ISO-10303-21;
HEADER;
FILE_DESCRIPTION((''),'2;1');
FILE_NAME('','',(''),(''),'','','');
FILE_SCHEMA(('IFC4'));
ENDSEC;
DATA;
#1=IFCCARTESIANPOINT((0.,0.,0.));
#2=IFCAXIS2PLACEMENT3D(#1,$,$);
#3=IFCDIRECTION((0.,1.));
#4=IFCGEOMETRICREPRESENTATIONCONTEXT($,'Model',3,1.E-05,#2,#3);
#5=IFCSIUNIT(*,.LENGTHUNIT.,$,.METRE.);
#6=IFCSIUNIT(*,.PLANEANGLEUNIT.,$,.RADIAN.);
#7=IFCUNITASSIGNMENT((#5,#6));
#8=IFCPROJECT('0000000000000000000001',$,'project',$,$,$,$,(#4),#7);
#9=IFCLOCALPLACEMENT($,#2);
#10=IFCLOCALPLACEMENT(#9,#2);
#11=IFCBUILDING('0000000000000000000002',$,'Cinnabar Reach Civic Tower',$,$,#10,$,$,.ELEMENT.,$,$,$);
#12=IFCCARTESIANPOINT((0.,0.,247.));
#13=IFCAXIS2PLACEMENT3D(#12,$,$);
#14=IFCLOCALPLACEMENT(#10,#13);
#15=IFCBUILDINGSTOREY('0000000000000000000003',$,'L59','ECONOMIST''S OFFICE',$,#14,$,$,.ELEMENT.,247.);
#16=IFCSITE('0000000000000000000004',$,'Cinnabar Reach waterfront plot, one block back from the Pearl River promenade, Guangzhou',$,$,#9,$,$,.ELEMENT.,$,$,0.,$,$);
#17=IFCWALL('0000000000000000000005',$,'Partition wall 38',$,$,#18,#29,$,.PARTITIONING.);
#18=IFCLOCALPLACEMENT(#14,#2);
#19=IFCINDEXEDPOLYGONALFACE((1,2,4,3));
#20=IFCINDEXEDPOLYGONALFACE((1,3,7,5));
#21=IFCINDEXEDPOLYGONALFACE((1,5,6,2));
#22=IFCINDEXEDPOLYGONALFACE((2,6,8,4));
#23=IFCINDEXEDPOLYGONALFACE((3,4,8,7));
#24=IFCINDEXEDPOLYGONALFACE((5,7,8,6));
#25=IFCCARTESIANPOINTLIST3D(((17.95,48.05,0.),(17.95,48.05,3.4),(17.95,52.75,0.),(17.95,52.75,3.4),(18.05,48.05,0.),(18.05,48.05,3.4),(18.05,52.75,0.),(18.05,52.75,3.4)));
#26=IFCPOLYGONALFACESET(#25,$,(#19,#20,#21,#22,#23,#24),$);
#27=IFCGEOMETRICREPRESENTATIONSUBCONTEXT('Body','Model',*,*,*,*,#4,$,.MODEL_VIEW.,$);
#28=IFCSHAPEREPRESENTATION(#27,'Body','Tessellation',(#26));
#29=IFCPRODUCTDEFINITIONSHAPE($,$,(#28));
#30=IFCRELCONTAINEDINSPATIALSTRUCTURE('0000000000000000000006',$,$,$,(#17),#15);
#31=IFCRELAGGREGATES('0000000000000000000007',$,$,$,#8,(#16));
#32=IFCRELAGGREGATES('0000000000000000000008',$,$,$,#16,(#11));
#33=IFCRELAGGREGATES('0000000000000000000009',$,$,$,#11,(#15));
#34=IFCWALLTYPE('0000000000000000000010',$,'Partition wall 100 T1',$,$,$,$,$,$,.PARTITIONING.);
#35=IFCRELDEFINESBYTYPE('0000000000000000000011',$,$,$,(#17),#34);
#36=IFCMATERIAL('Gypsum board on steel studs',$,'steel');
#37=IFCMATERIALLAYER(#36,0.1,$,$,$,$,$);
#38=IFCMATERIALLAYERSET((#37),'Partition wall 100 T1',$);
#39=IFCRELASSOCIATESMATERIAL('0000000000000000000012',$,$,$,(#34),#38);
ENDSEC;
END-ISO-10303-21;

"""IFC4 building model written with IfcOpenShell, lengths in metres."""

from ifc_helpers import new_model, si_unit, direction, frame, frame_2d, origin, place, context, subcontext, project, spatial, rectangle, extrude, material, layer, layer_set, type_object, element, save


model = new_model("IFC4")

# Units and contexts
model_context = context("Model", 3, precision=1e-05, world=origin(), true_north=direction((0.0, 1.0)))
body_context = subcontext(model_context, "Body", "Model", "MODEL_VIEW")
ifc_project = project(units=[si_unit("LENGTHUNIT", "METRE"), si_unit("PLANEANGLEUNIT", "RADIAN")], contexts=[model_context])

# Site, building, storey
site_placement = place(None, origin())
site = spatial("IfcSite", under=ifc_project, at=site_placement, Name="Cinnabar Reach waterfront plot, one block back from the Pearl River promenade, Guangzhou", CompositionType="ELEMENT", RefElevation=0.0)
building_placement = place(site_placement, origin())
building = spatial("IfcBuilding", under=site, at=building_placement, Name="Cinnabar Reach Civic Tower", CompositionType="ELEMENT")
storey_placement = place(building_placement, frame((0.0, 0.0, 247.0)))
storey = spatial("IfcBuildingStorey", under=building, at=storey_placement, Name="L59", Description="ECONOMIST'S OFFICE", CompositionType="ELEMENT", Elevation=247.0)

# Wall
ifc_material_1 = material(Name="Gypsum board on steel studs", Category="steel")
ifc_layer_1 = layer(ifc_material_1, 0.1)
ifc_layer_set_1 = layer_set([ifc_layer_1], Name="Partition wall 100 T1")
wall_type_1 = type_object("IfcWallType", Name="Partition wall 100 T1", PredefinedType="PARTITIONING", material=ifc_layer_set_1)
wall_1_placement = place(storey_placement, frame((18.0, 48.05, 0.0), z_axis=(0.0, 0.0, 1.0), x_axis=(0.0, 1.0, 0.0)))
element("IfcWall", 1, at=wall_1_placement, inside=storey, type_object=wall_type_1, Name="Partition wall 38", PredefinedType="PARTITIONING", context=body_context, shape_type="SweptSolid", body=[
    extrude(rectangle(XDim=4.7, YDim=0.1, at=frame_2d((2.35, 0.0))), origin(), (0.0, 0.0, 1.0), 3.4),
])

save(model, "model.ifc")
